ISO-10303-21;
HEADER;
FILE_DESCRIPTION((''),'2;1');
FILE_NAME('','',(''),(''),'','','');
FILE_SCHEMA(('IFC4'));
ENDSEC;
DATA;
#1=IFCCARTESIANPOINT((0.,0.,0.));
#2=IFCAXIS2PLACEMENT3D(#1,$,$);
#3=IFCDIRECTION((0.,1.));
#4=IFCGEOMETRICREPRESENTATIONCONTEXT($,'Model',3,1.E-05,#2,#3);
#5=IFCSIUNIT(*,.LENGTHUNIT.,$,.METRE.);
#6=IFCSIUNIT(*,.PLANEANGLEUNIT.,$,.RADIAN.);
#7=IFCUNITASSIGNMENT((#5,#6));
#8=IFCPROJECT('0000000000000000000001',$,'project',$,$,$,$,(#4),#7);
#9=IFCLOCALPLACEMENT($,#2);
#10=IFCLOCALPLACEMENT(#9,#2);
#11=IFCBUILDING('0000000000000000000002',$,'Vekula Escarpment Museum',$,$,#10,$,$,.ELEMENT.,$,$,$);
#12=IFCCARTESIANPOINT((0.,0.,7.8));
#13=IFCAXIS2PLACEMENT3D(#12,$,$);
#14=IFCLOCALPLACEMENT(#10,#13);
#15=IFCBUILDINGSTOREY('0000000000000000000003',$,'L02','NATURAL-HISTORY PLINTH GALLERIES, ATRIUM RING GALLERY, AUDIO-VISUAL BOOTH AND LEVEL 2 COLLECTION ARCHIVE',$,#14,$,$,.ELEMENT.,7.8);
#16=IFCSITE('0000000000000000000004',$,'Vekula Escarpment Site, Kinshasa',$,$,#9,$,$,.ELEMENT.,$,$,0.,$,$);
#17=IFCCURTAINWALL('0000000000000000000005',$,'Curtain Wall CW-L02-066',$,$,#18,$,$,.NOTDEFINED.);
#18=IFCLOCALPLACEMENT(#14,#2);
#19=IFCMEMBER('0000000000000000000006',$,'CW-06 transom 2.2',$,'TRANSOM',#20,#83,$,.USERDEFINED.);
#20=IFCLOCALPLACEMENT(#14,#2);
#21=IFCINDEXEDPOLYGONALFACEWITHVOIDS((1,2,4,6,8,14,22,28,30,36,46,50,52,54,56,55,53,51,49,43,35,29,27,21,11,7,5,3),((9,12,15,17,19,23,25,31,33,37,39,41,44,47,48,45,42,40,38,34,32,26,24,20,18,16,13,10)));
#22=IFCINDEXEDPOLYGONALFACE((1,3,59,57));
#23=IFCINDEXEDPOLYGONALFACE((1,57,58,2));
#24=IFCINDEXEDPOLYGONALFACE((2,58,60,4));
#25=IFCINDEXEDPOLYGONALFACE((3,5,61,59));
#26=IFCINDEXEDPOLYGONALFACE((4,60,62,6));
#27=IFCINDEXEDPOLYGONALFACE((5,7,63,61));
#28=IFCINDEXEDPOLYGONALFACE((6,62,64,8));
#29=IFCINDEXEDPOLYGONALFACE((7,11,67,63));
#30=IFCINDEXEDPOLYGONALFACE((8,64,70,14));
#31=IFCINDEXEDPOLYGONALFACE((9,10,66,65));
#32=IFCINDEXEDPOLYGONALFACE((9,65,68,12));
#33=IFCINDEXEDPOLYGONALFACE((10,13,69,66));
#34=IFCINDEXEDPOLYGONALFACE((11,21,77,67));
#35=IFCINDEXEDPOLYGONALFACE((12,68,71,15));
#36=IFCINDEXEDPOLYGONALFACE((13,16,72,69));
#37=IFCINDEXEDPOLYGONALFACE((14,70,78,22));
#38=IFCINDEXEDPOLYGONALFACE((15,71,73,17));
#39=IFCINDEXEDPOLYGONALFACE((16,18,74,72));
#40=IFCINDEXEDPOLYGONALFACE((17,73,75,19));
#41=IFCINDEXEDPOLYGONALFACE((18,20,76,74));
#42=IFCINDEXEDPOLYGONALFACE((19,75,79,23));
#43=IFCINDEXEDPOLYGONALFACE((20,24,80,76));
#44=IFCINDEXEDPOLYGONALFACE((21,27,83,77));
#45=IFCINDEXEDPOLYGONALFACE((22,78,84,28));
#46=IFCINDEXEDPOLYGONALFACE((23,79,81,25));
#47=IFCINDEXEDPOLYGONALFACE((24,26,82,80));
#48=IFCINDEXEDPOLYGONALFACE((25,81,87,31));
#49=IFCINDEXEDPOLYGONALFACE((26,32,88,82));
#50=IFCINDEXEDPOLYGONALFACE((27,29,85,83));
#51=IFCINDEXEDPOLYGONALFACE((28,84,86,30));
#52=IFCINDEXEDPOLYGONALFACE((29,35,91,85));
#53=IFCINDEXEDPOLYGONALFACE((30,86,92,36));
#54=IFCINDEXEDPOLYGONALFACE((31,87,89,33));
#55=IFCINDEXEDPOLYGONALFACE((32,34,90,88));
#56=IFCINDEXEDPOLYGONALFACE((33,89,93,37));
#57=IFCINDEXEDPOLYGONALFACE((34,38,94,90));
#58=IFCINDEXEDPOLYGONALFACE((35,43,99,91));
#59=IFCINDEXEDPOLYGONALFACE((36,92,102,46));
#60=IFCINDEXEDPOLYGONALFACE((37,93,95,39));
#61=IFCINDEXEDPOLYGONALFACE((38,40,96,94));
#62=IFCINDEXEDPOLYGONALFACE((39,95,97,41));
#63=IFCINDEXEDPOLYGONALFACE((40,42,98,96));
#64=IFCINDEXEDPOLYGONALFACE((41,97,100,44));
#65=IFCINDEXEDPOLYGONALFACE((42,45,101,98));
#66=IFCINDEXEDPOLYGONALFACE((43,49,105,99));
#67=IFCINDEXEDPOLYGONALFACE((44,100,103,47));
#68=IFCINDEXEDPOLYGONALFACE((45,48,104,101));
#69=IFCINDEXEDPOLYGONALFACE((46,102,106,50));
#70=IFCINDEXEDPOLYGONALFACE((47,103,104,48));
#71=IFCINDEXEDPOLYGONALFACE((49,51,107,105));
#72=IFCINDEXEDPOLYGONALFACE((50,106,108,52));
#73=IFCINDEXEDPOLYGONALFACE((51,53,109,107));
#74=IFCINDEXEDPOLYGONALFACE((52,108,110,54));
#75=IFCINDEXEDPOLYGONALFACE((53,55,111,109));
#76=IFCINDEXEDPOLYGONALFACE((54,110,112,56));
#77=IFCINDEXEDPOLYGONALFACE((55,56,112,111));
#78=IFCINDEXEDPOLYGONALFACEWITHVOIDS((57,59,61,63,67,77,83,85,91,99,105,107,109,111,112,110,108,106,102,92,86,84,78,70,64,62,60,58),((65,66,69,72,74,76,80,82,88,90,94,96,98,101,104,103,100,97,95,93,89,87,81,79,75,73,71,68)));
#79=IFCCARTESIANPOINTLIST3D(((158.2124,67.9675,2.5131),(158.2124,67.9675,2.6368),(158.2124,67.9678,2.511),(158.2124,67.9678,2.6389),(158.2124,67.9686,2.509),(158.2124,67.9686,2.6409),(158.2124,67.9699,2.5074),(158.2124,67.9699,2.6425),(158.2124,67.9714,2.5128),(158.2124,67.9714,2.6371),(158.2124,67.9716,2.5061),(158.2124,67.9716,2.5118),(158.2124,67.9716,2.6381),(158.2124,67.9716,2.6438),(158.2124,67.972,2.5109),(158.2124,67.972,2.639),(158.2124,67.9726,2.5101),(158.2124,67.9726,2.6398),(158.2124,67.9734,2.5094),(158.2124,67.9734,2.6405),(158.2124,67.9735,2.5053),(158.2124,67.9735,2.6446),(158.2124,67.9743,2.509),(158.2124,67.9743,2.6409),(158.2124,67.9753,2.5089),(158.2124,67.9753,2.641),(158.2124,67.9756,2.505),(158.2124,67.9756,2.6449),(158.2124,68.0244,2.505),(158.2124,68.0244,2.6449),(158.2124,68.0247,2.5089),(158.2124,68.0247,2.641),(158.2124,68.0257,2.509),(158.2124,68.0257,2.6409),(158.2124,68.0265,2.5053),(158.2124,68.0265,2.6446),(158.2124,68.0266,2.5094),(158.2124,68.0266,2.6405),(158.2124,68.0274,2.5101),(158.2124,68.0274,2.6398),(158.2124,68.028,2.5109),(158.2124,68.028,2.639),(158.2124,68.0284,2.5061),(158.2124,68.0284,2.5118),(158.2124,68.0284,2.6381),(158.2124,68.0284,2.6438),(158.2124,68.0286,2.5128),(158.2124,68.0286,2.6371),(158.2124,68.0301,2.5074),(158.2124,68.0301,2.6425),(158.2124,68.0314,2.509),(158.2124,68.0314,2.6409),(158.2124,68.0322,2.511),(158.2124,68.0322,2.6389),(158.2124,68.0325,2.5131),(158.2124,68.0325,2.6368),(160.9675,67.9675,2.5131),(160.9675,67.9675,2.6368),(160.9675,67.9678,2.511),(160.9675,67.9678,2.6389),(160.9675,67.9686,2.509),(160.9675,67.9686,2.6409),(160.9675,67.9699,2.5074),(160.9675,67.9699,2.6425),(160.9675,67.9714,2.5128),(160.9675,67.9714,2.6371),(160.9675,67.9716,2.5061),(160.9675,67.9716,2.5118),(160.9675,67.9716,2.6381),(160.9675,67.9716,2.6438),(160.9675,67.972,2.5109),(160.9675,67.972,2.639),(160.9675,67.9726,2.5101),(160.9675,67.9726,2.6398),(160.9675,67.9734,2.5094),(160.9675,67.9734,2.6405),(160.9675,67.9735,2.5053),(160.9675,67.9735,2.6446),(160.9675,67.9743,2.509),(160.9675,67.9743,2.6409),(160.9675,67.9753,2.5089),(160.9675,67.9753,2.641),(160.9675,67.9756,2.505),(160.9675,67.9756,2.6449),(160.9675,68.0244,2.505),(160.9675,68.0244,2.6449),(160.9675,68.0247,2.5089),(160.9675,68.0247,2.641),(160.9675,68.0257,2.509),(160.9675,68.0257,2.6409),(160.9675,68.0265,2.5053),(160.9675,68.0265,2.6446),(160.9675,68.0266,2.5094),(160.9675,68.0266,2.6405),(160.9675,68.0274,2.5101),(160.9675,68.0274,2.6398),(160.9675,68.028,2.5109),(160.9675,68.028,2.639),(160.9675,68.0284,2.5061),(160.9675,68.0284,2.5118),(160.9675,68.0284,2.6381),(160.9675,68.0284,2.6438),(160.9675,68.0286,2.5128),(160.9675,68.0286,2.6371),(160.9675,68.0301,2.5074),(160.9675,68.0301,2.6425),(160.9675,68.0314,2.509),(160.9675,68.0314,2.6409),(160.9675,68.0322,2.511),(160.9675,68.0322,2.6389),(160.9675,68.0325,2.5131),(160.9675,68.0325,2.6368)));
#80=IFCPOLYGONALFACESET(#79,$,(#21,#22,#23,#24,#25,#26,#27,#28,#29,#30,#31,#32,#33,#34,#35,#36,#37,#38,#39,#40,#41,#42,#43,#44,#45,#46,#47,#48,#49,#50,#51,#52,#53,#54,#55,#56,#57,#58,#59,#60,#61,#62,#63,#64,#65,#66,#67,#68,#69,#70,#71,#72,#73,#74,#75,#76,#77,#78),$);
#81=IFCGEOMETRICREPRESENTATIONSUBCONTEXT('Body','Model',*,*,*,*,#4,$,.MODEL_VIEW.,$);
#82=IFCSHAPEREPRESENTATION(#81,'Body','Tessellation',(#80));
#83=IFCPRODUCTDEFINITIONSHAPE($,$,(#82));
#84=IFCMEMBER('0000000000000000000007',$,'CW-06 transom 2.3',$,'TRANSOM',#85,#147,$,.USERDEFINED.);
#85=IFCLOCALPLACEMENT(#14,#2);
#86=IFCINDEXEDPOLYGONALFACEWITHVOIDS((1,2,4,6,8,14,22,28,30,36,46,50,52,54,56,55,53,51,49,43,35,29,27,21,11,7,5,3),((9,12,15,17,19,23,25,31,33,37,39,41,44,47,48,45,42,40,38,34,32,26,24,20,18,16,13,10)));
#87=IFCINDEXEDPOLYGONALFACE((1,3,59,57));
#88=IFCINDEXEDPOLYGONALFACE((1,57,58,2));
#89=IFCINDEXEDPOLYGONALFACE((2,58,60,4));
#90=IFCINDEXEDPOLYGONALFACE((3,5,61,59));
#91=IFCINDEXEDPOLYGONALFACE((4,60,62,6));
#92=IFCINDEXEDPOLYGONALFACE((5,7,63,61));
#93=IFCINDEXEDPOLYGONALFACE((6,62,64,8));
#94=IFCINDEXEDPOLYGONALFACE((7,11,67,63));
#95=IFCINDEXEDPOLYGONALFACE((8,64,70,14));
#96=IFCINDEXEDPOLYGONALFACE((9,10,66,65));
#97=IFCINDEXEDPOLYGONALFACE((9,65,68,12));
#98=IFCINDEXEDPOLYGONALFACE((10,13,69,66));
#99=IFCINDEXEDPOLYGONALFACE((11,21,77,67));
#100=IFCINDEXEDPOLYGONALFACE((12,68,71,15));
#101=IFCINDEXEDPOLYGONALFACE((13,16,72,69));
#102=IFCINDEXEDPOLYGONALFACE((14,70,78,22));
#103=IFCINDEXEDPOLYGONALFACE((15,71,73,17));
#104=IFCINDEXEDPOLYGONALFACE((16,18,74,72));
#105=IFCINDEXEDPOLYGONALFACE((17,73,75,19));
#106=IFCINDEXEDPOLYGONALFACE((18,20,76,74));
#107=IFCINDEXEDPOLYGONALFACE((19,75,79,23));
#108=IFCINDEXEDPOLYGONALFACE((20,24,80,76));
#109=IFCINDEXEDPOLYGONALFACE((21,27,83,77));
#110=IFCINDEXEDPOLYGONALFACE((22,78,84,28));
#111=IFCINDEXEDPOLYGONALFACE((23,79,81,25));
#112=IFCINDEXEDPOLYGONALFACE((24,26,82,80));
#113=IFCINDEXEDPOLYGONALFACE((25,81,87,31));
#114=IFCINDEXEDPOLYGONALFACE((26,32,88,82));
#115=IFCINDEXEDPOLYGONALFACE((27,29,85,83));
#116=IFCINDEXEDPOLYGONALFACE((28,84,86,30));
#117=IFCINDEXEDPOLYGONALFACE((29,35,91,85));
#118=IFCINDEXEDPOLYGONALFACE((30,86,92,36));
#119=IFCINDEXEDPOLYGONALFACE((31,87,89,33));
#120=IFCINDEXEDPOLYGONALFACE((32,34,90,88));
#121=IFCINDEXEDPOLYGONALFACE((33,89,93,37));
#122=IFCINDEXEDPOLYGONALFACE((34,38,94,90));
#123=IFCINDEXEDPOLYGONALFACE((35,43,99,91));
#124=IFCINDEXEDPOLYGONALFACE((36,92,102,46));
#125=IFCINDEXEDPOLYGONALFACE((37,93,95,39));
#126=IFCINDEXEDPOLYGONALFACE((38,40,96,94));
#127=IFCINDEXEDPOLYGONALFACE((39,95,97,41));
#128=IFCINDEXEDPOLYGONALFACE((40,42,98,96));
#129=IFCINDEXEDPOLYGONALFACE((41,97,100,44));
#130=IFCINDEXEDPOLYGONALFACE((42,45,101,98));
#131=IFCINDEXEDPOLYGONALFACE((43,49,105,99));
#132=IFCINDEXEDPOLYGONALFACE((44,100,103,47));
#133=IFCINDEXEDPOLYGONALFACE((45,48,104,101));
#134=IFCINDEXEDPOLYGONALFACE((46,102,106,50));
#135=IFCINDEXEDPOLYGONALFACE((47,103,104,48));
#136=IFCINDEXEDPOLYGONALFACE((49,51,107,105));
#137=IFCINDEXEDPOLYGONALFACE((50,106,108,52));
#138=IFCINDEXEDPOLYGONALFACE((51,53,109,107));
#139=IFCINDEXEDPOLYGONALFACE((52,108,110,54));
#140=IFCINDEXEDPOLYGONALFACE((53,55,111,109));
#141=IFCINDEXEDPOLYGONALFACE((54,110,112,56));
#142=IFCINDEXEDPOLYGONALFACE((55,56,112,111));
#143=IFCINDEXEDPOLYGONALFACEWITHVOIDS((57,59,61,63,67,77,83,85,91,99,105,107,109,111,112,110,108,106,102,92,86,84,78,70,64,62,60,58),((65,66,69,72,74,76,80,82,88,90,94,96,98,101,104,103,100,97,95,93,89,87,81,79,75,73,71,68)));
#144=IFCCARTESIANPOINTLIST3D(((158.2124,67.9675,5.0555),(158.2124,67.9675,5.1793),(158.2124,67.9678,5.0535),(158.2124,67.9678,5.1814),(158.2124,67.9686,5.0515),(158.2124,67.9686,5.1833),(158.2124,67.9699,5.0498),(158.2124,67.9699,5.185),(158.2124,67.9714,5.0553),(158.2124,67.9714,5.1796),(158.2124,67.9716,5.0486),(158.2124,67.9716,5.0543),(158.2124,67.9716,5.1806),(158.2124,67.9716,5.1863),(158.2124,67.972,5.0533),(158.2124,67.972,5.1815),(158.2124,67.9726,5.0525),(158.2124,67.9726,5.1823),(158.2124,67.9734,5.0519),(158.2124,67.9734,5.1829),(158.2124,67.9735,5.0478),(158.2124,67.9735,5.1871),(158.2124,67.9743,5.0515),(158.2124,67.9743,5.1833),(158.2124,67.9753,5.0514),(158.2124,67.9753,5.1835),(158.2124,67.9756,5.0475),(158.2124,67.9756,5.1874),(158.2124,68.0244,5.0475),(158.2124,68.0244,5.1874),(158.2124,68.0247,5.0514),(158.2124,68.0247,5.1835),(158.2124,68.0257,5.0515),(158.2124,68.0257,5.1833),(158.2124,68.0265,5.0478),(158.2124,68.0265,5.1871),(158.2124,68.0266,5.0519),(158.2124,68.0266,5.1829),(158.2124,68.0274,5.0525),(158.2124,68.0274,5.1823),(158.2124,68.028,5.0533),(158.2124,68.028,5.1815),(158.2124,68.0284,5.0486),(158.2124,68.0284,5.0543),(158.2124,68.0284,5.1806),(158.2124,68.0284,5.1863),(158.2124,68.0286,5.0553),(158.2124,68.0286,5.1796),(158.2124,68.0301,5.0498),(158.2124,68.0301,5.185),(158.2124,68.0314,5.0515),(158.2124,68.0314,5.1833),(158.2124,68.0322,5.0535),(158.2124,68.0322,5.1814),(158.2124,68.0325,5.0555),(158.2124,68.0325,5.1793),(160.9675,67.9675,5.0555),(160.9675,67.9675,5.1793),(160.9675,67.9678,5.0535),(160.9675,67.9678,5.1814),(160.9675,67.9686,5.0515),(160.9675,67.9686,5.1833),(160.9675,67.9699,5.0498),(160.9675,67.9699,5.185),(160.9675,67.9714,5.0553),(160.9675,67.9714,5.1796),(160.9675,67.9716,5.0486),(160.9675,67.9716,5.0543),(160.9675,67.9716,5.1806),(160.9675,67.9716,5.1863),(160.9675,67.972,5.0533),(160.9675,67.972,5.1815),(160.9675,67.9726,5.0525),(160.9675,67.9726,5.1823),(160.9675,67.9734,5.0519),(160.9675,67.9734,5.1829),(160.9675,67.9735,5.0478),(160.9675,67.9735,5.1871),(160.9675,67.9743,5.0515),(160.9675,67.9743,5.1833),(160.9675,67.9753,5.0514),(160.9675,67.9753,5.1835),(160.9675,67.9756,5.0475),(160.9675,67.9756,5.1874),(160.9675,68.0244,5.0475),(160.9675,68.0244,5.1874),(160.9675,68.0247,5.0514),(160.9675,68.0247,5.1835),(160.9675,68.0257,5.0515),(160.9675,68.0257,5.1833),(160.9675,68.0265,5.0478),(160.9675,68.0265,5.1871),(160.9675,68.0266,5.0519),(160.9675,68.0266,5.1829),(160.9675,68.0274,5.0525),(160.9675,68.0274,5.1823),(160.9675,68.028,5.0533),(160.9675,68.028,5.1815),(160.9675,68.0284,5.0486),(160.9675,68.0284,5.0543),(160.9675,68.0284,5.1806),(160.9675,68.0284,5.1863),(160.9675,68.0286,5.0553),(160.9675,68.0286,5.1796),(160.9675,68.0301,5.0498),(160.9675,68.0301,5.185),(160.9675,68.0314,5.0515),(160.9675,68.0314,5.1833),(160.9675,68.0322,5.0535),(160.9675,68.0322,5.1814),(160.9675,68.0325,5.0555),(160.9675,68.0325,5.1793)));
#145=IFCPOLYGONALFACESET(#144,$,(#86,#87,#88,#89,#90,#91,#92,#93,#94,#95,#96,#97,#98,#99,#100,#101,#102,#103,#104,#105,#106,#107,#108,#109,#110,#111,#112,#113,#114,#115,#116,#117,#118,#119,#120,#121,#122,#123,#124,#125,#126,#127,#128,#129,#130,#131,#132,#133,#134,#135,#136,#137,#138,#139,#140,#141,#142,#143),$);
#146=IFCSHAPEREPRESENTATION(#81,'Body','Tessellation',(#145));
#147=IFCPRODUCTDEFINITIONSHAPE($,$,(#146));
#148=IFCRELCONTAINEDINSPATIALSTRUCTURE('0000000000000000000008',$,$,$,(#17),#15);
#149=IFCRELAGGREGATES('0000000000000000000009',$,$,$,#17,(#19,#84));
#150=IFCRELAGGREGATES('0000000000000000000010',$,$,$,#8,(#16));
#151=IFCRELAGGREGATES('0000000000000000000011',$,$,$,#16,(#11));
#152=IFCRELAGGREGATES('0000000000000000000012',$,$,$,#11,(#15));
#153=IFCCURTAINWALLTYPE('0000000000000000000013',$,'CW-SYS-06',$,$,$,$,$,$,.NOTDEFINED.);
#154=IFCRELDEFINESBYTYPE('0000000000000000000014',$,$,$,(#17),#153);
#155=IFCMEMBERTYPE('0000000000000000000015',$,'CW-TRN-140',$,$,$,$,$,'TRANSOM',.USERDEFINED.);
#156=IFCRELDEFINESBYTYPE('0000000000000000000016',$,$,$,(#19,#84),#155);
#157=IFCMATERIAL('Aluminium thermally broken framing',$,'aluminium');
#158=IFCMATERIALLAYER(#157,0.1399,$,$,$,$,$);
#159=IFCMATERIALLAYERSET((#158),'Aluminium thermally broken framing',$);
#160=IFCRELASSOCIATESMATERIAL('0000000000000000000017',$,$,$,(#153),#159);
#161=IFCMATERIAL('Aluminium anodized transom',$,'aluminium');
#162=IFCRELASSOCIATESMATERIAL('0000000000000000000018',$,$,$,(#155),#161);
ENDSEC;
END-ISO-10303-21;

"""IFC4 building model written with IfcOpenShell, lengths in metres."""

from ifc_helpers import new_model, si_unit, direction, frame, origin, origin_2d, place, context, subcontext, project, spatial, hollow_rectangle, extrude, material, layer, layer_set, material_profile, profile_set, type_object, element, aggregate, save


model = new_model("IFC4")

# Units and contexts
model_context = context("Model", 3, precision=1e-05, world=origin(), true_north=direction((0.0, 1.0)))
body_context = subcontext(model_context, "Body", "Model", "MODEL_VIEW")
ifc_project = project(units=[si_unit("LENGTHUNIT", "METRE"), si_unit("PLANEANGLEUNIT", "RADIAN")], contexts=[model_context])

# Site, building, storey
site_placement = place(None, origin())
site = spatial("IfcSite", under=ifc_project, at=site_placement, Name="Vekula Escarpment Site, Kinshasa", CompositionType="ELEMENT", RefElevation=0.0)
building_placement = place(site_placement, origin())
building = spatial("IfcBuilding", under=site, at=building_placement, Name="Vekula Escarpment Museum", CompositionType="ELEMENT")
storey_placement = place(building_placement, frame((0.0, 0.0, 7.8)))
storey = spatial("IfcBuildingStorey", under=building, at=storey_placement, Name="L02", Description="NATURAL-HISTORY PLINTH GALLERIES, ATRIUM RING GALLERY, AUDIO-VISUAL BOOTH AND LEVEL 2 COLLECTION ARCHIVE", CompositionType="ELEMENT", Elevation=7.8)

# Curtain wall
ifc_material_1 = material(Name="Aluminium thermally broken framing", Category="aluminium")
ifc_layer_1 = layer(ifc_material_1, 0.1399)
ifc_layer_set_1 = layer_set([ifc_layer_1], Name="Aluminium thermally broken framing")
curtain_wall_type_1 = type_object("IfcCurtainWallType", Name="CW-SYS-06", PredefinedType="NOTDEFINED", material=ifc_layer_set_1)
curtain_wall_1_placement = place(storey_placement, origin())
curtain_wall_1 = element("IfcCurtainWall", 1, at=curtain_wall_1_placement, inside=storey, type_object=curtain_wall_type_1, Name="Curtain Wall CW-L02-066", PredefinedType="NOTDEFINED")

# Members
ifc_material_2 = material(Name="Aluminium anodized transom", Category="aluminium")
ifc_material_profile_1 = material_profile(ifc_material_2, hollow_rectangle(XDim=0.0649, YDim=0.1399, WallThickness=0.0039, InnerFilletRadius=0.0039, OuterFilletRadius=0.0081, at=origin_2d()), Name="ALU 140x65x4")
ifc_profile_set_1 = profile_set([ifc_material_profile_1], Name="Aluminium anodized transom")
member_type_1 = type_object("IfcMemberType", Name="CW-TRN-140", ElementType="TRANSOM", PredefinedType="USERDEFINED", material=ifc_profile_set_1)
member_1_placement = place(storey_placement, frame((158.2124, 68.0, 2.575), z_axis=(1.0, 0.0, 0.0), x_axis=(0.0, 1.0, 0.0)))
member_1 = element("IfcMember", 2, at=member_1_placement, type_object=member_type_1, Name="CW-06 transom 2.2", ObjectType="TRANSOM", PredefinedType="USERDEFINED", context=body_context, shape_type="SweptSolid", body=[
    extrude(hollow_rectangle(XDim=0.0649, YDim=0.1399, WallThickness=0.0039, InnerFilletRadius=0.0039, OuterFilletRadius=0.0081, at=origin_2d()), origin(), (0.0, 0.0, 1.0), 2.7551),
])
member_2_placement = place(storey_placement, frame((158.2124, 68.0, 5.1174), z_axis=(1.0, 0.0, 0.0), x_axis=(0.0, 1.0, 0.0)))
member_2 = element("IfcMember", 3, at=member_2_placement, type_object=member_type_1, Name="CW-06 transom 2.3", ObjectType="TRANSOM", PredefinedType="USERDEFINED", context=body_context, shape_type="SweptSolid", body=[
    extrude(hollow_rectangle(XDim=0.0649, YDim=0.1399, WallThickness=0.0039, InnerFilletRadius=0.0039, OuterFilletRadius=0.0081, at=origin_2d()), origin(), (0.0, 0.0, 1.0), 2.7551),
])

aggregate(curtain_wall_1, [member_1, member_2])

save(model, "model.ifc")
